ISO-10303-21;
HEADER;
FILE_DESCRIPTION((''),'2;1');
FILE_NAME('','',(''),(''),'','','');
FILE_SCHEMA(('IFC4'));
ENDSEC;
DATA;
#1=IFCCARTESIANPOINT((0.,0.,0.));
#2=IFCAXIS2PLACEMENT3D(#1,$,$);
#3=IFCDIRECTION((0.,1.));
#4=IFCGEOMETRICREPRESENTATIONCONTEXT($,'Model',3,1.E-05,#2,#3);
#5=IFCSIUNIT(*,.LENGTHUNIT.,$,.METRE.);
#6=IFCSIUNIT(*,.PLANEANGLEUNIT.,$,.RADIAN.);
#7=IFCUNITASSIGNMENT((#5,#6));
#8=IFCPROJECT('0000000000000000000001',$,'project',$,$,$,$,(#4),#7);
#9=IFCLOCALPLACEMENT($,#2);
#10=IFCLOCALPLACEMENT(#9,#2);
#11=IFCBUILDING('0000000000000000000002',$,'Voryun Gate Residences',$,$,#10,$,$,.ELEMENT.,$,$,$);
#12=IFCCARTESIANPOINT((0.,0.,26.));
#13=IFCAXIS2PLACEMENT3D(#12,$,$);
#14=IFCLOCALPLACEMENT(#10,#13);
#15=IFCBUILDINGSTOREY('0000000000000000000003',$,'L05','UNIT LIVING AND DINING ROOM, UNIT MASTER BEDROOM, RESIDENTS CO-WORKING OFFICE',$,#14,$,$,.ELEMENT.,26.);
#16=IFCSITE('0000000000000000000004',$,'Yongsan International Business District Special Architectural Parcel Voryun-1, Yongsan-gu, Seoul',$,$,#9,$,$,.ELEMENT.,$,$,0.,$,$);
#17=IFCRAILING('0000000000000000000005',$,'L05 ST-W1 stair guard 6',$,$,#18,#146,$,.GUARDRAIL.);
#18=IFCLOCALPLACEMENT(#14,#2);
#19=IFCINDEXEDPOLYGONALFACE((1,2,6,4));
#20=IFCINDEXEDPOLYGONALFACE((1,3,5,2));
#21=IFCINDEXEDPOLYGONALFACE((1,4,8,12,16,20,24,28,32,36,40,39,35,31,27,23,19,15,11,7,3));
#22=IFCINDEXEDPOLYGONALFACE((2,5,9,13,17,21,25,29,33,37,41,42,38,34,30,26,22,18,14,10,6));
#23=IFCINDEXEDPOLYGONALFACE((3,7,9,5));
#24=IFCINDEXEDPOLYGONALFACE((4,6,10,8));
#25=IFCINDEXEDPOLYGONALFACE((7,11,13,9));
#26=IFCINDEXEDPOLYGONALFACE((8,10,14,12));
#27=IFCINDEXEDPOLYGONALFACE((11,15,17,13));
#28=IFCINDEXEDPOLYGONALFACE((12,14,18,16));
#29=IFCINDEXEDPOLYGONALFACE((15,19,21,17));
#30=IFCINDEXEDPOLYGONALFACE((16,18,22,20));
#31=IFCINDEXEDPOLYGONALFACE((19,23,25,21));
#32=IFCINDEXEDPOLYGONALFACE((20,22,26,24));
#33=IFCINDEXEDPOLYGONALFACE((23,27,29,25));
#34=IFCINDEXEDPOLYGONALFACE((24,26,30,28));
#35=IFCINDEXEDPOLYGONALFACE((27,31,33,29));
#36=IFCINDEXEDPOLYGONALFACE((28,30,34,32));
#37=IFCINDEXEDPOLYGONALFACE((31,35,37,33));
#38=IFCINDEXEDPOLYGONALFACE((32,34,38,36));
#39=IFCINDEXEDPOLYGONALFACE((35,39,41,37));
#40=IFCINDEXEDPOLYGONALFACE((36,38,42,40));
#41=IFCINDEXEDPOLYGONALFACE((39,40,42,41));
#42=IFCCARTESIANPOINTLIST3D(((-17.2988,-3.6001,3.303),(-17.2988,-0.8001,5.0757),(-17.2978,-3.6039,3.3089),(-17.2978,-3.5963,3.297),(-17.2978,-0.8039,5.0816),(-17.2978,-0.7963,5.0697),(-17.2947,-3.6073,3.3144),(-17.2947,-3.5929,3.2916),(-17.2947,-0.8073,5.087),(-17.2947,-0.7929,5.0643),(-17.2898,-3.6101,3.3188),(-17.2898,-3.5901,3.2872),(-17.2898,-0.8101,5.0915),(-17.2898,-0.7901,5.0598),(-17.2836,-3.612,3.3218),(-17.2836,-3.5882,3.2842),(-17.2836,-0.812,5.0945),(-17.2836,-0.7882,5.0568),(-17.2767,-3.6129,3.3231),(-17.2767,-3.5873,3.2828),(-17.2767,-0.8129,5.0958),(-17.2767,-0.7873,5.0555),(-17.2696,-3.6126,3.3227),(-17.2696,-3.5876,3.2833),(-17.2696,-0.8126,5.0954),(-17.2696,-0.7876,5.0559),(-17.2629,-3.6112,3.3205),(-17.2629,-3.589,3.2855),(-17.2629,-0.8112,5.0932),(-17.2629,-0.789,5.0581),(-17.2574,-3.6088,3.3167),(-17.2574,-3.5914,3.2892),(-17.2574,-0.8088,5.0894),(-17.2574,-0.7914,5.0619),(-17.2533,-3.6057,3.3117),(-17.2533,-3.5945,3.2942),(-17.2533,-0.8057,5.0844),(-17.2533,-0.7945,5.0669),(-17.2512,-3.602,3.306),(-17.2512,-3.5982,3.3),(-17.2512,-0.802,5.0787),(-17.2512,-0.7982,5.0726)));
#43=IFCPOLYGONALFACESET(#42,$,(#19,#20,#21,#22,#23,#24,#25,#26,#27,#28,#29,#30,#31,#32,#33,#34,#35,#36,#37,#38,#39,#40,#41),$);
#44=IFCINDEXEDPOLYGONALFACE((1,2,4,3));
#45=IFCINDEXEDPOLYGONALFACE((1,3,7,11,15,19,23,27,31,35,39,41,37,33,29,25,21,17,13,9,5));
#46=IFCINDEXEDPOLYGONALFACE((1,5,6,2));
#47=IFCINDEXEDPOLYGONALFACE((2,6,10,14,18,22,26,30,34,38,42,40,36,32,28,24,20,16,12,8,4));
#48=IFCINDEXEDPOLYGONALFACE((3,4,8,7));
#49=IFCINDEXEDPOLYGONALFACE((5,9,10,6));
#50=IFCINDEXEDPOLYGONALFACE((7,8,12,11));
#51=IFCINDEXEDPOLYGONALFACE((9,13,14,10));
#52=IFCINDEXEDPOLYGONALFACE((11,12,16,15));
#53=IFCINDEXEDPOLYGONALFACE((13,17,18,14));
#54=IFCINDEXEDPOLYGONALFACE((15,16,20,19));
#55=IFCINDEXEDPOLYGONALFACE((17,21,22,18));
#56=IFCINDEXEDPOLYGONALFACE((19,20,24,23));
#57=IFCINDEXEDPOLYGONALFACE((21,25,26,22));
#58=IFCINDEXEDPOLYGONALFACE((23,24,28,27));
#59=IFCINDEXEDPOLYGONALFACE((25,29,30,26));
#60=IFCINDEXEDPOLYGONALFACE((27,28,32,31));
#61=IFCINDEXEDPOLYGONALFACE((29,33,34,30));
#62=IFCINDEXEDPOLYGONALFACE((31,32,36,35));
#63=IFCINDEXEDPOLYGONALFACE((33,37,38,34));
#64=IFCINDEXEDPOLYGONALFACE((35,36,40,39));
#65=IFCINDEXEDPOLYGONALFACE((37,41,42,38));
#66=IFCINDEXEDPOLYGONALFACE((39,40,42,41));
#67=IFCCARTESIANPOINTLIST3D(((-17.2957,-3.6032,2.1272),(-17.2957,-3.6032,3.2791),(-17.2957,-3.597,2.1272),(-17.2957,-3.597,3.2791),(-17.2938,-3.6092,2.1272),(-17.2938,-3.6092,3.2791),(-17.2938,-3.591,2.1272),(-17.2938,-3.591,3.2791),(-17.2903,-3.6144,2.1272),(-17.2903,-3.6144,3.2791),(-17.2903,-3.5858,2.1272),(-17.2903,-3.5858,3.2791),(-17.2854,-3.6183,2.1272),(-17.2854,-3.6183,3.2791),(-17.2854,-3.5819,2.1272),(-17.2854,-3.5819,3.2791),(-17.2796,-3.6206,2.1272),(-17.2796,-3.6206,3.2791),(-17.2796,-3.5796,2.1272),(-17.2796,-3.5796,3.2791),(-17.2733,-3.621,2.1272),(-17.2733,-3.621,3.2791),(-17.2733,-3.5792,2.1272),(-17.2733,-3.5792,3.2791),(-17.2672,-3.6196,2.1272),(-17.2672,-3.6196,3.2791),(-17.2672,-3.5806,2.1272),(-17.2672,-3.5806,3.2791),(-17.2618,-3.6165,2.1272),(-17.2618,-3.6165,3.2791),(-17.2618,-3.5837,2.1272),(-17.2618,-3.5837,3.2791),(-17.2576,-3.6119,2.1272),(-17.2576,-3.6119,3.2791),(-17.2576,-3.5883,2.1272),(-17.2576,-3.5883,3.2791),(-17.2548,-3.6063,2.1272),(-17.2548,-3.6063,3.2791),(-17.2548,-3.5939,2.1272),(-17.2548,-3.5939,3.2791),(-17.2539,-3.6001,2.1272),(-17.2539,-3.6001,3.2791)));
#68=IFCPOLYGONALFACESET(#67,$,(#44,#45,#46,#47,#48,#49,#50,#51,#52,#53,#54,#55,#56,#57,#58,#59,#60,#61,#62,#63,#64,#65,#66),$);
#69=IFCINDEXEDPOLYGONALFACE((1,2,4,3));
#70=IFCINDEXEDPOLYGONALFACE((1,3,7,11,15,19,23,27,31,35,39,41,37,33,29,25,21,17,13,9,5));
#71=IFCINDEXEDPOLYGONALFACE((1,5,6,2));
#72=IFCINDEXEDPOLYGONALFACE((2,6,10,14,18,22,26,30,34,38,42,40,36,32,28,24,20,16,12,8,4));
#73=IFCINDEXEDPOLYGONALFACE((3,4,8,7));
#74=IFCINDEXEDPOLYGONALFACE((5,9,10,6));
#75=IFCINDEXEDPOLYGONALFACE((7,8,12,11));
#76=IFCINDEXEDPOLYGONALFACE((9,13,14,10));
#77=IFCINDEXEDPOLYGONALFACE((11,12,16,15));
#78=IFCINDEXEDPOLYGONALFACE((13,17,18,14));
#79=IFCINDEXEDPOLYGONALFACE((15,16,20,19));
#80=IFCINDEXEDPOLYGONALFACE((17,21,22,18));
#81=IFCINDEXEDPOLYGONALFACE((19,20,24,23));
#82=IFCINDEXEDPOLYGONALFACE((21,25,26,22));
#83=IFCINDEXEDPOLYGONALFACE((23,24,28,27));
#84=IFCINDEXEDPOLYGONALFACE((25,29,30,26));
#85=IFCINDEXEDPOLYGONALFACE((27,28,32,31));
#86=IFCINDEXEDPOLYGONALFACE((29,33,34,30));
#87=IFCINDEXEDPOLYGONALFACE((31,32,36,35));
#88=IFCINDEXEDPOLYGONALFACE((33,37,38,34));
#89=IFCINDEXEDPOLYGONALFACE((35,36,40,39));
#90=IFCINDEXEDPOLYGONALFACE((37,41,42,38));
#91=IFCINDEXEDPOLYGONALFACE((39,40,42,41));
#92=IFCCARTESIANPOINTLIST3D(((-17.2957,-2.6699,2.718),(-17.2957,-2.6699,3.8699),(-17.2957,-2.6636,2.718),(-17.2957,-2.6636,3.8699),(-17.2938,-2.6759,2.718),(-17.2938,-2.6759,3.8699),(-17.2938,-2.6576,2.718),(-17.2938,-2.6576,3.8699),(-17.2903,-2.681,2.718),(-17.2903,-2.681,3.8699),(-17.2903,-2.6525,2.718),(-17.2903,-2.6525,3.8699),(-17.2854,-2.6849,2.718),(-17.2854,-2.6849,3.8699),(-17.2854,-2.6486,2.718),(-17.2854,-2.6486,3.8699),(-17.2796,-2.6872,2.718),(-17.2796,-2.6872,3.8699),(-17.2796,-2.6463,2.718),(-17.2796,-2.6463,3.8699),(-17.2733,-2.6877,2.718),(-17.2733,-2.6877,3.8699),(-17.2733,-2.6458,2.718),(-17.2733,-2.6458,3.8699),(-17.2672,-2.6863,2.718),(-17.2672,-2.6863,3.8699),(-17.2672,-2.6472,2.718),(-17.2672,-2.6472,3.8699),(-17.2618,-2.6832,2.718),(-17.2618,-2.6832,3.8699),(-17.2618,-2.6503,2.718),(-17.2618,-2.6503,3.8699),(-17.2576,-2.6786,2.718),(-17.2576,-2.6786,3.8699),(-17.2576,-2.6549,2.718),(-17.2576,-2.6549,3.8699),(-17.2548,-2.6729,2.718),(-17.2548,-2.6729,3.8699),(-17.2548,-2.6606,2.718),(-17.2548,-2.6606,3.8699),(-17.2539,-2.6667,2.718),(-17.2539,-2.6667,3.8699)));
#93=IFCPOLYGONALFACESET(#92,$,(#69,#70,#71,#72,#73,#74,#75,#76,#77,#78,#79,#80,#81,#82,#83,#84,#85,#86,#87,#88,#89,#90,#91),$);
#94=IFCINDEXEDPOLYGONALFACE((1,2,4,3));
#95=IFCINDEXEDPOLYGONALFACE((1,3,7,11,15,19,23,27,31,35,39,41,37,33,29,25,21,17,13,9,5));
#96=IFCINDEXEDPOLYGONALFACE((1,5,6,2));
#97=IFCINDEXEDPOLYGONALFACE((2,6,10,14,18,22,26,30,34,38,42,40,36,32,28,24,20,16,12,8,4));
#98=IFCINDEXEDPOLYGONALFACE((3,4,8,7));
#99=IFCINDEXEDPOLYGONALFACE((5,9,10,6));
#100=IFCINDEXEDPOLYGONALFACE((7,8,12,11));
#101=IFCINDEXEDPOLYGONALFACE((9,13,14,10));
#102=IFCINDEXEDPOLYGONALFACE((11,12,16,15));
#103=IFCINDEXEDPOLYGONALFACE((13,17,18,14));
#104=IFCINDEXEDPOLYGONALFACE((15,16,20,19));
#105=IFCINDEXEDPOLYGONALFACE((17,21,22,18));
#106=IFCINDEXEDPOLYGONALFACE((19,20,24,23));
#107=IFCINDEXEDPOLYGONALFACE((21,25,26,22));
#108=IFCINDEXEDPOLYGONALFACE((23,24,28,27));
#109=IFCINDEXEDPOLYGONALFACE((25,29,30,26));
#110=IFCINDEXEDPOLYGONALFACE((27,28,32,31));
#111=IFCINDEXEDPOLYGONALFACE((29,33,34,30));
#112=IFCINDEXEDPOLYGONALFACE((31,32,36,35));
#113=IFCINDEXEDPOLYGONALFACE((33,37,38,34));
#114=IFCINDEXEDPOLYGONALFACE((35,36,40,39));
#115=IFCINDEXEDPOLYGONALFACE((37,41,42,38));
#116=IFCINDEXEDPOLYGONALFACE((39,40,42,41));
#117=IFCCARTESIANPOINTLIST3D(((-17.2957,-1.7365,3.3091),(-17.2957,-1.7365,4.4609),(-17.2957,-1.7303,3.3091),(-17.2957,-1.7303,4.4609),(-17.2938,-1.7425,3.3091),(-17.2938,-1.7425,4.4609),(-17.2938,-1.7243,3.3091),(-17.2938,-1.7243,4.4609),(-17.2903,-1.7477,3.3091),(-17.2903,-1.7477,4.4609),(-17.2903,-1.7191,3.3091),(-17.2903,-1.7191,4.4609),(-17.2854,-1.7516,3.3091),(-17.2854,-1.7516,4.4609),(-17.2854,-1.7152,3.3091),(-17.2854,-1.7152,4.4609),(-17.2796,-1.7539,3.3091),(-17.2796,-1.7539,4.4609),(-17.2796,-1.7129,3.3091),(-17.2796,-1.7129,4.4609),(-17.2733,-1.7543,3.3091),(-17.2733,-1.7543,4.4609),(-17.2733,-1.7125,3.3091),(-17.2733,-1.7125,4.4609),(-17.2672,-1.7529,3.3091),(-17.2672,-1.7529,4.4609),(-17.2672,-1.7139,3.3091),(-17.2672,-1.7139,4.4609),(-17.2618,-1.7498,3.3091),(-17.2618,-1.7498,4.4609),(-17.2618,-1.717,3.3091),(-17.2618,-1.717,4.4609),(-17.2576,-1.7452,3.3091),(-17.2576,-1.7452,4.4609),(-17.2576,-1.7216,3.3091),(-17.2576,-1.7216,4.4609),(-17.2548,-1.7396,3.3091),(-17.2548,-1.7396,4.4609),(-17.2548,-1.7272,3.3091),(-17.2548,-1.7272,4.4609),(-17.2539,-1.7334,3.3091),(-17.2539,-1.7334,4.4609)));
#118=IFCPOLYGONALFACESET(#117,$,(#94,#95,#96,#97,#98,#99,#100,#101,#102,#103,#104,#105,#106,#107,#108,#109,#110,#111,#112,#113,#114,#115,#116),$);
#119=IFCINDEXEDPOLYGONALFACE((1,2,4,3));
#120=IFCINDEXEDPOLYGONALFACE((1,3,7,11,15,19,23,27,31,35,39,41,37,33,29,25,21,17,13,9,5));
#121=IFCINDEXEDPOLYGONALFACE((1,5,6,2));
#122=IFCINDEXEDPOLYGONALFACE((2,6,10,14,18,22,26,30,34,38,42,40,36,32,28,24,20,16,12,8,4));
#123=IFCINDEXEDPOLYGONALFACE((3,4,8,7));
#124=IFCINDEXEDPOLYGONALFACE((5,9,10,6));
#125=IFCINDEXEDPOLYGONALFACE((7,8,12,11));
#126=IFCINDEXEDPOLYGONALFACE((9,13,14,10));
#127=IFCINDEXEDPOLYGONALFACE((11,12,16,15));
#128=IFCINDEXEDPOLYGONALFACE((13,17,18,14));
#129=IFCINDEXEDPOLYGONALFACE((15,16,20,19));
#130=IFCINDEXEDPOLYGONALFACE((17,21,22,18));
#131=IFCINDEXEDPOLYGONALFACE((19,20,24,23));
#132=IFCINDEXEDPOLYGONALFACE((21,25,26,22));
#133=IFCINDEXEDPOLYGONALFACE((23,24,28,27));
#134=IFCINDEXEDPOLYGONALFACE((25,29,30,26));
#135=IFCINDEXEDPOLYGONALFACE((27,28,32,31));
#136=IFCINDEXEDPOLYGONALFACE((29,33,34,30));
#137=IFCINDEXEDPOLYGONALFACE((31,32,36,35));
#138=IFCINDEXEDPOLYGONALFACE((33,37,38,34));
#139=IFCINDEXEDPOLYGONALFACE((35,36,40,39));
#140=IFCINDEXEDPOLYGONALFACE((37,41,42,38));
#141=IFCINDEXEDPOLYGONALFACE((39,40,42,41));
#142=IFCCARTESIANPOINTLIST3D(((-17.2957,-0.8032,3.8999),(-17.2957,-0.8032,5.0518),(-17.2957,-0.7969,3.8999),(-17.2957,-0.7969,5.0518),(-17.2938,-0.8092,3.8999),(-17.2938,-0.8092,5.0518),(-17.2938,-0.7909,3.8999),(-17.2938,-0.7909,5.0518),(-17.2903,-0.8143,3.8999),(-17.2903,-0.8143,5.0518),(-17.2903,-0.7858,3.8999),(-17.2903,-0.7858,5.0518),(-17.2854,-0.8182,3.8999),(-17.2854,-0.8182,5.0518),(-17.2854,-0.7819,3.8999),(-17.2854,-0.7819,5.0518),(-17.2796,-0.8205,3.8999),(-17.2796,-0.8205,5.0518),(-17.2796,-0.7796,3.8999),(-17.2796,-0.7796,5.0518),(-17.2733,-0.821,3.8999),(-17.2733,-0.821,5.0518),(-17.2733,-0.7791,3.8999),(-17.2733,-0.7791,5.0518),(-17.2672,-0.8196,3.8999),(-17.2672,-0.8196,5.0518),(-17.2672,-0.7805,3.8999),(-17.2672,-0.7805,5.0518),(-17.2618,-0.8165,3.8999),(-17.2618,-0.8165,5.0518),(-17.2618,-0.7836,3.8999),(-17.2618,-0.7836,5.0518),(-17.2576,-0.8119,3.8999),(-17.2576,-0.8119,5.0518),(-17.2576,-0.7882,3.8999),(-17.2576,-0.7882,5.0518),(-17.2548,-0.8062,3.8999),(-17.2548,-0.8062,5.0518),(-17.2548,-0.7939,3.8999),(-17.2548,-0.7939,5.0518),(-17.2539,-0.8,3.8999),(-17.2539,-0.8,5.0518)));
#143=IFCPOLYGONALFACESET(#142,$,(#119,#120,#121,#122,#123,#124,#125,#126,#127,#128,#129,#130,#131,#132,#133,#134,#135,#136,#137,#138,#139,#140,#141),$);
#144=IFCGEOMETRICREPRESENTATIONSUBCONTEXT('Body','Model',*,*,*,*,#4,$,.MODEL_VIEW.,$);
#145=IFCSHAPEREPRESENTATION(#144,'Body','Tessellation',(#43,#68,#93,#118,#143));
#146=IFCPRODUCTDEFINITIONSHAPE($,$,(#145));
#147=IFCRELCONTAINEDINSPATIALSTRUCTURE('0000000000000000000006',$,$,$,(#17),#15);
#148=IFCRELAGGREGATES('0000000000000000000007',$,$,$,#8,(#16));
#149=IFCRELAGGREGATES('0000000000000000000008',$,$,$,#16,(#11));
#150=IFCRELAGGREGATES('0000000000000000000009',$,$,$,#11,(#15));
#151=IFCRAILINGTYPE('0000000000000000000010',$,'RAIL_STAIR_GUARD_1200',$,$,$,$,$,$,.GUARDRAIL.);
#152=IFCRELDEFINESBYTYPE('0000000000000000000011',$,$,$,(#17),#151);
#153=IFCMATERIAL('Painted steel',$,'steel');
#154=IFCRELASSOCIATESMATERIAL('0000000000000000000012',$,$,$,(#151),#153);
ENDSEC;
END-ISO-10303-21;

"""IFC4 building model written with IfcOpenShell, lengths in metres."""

from ifc_helpers import new_model, si_unit, direction, frame, origin, origin_2d, place, context, subcontext, project, spatial, circle, extrude, material, type_object, element, save


model = new_model("IFC4")

# Units and contexts
model_context = context("Model", 3, precision=1e-05, world=origin(), true_north=direction((0.0, 1.0)))
body_context = subcontext(model_context, "Body", "Model", "MODEL_VIEW")
ifc_project = project(units=[si_unit("LENGTHUNIT", "METRE"), si_unit("PLANEANGLEUNIT", "RADIAN")], contexts=[model_context])

# Site, building, storey
site_placement = place(None, origin())
site = spatial("IfcSite", under=ifc_project, at=site_placement, Name="Yongsan International Business District Special Architectural Parcel Voryun-1, Yongsan-gu, Seoul", CompositionType="ELEMENT", RefElevation=0.0)
building_placement = place(site_placement, origin())
building = spatial("IfcBuilding", under=site, at=building_placement, Name="Voryun Gate Residences", CompositionType="ELEMENT")
storey_placement = place(building_placement, frame((0.0, 0.0, 26.0)))
storey = spatial("IfcBuildingStorey", under=building, at=storey_placement, Name="L05", Description="UNIT LIVING AND DINING ROOM, UNIT MASTER BEDROOM, RESIDENTS CO-WORKING OFFICE", CompositionType="ELEMENT", Elevation=26.0)

# Railing
ifc_material_1 = material(Name="Painted steel", Category="steel")
railing_type_1 = type_object("IfcRailingType", Name="RAIL_STAIR_GUARD_1200", PredefinedType="GUARDRAIL", material=ifc_material_1)
railing_1_placement = place(storey_placement, frame((-17.2749, -3.6001, 2.1272)))
element("IfcRailing", 1, at=railing_1_placement, inside=storey, type_object=railing_type_1, Name="L05 ST-W1 stair guard 6", PredefinedType="GUARDRAIL", context=body_context, shape_type="SweptSolid", body=[
    extrude(circle(Radius=0.0239, at=origin_2d()), frame((0.0, 0.0, 1.1758), z_axis=(0.0, 0.844909, 0.53491), x_axis=(-1.0, 0.0, 0.0)), (0.0, 0.0, 1.0), 3.314),
    extrude(circle(Radius=0.021, at=origin_2d()), origin(), (0.0, 0.0, 1.0), 1.1519),
    extrude(circle(Radius=0.021, at=origin_2d()), frame((0.0, 0.9333, 0.5908)), (0.0, 0.0, 1.0), 1.1519),
    extrude(circle(Radius=0.021, at=origin_2d()), frame((0.0, 1.8667, 1.1819)), (0.0, 0.0, 1.0), 1.1519),
    extrude(circle(Radius=0.021, at=origin_2d()), frame((0.0, 2.8, 1.7727)), (0.0, 0.0, 1.0), 1.1519),
])

save(model, "model.ifc")
